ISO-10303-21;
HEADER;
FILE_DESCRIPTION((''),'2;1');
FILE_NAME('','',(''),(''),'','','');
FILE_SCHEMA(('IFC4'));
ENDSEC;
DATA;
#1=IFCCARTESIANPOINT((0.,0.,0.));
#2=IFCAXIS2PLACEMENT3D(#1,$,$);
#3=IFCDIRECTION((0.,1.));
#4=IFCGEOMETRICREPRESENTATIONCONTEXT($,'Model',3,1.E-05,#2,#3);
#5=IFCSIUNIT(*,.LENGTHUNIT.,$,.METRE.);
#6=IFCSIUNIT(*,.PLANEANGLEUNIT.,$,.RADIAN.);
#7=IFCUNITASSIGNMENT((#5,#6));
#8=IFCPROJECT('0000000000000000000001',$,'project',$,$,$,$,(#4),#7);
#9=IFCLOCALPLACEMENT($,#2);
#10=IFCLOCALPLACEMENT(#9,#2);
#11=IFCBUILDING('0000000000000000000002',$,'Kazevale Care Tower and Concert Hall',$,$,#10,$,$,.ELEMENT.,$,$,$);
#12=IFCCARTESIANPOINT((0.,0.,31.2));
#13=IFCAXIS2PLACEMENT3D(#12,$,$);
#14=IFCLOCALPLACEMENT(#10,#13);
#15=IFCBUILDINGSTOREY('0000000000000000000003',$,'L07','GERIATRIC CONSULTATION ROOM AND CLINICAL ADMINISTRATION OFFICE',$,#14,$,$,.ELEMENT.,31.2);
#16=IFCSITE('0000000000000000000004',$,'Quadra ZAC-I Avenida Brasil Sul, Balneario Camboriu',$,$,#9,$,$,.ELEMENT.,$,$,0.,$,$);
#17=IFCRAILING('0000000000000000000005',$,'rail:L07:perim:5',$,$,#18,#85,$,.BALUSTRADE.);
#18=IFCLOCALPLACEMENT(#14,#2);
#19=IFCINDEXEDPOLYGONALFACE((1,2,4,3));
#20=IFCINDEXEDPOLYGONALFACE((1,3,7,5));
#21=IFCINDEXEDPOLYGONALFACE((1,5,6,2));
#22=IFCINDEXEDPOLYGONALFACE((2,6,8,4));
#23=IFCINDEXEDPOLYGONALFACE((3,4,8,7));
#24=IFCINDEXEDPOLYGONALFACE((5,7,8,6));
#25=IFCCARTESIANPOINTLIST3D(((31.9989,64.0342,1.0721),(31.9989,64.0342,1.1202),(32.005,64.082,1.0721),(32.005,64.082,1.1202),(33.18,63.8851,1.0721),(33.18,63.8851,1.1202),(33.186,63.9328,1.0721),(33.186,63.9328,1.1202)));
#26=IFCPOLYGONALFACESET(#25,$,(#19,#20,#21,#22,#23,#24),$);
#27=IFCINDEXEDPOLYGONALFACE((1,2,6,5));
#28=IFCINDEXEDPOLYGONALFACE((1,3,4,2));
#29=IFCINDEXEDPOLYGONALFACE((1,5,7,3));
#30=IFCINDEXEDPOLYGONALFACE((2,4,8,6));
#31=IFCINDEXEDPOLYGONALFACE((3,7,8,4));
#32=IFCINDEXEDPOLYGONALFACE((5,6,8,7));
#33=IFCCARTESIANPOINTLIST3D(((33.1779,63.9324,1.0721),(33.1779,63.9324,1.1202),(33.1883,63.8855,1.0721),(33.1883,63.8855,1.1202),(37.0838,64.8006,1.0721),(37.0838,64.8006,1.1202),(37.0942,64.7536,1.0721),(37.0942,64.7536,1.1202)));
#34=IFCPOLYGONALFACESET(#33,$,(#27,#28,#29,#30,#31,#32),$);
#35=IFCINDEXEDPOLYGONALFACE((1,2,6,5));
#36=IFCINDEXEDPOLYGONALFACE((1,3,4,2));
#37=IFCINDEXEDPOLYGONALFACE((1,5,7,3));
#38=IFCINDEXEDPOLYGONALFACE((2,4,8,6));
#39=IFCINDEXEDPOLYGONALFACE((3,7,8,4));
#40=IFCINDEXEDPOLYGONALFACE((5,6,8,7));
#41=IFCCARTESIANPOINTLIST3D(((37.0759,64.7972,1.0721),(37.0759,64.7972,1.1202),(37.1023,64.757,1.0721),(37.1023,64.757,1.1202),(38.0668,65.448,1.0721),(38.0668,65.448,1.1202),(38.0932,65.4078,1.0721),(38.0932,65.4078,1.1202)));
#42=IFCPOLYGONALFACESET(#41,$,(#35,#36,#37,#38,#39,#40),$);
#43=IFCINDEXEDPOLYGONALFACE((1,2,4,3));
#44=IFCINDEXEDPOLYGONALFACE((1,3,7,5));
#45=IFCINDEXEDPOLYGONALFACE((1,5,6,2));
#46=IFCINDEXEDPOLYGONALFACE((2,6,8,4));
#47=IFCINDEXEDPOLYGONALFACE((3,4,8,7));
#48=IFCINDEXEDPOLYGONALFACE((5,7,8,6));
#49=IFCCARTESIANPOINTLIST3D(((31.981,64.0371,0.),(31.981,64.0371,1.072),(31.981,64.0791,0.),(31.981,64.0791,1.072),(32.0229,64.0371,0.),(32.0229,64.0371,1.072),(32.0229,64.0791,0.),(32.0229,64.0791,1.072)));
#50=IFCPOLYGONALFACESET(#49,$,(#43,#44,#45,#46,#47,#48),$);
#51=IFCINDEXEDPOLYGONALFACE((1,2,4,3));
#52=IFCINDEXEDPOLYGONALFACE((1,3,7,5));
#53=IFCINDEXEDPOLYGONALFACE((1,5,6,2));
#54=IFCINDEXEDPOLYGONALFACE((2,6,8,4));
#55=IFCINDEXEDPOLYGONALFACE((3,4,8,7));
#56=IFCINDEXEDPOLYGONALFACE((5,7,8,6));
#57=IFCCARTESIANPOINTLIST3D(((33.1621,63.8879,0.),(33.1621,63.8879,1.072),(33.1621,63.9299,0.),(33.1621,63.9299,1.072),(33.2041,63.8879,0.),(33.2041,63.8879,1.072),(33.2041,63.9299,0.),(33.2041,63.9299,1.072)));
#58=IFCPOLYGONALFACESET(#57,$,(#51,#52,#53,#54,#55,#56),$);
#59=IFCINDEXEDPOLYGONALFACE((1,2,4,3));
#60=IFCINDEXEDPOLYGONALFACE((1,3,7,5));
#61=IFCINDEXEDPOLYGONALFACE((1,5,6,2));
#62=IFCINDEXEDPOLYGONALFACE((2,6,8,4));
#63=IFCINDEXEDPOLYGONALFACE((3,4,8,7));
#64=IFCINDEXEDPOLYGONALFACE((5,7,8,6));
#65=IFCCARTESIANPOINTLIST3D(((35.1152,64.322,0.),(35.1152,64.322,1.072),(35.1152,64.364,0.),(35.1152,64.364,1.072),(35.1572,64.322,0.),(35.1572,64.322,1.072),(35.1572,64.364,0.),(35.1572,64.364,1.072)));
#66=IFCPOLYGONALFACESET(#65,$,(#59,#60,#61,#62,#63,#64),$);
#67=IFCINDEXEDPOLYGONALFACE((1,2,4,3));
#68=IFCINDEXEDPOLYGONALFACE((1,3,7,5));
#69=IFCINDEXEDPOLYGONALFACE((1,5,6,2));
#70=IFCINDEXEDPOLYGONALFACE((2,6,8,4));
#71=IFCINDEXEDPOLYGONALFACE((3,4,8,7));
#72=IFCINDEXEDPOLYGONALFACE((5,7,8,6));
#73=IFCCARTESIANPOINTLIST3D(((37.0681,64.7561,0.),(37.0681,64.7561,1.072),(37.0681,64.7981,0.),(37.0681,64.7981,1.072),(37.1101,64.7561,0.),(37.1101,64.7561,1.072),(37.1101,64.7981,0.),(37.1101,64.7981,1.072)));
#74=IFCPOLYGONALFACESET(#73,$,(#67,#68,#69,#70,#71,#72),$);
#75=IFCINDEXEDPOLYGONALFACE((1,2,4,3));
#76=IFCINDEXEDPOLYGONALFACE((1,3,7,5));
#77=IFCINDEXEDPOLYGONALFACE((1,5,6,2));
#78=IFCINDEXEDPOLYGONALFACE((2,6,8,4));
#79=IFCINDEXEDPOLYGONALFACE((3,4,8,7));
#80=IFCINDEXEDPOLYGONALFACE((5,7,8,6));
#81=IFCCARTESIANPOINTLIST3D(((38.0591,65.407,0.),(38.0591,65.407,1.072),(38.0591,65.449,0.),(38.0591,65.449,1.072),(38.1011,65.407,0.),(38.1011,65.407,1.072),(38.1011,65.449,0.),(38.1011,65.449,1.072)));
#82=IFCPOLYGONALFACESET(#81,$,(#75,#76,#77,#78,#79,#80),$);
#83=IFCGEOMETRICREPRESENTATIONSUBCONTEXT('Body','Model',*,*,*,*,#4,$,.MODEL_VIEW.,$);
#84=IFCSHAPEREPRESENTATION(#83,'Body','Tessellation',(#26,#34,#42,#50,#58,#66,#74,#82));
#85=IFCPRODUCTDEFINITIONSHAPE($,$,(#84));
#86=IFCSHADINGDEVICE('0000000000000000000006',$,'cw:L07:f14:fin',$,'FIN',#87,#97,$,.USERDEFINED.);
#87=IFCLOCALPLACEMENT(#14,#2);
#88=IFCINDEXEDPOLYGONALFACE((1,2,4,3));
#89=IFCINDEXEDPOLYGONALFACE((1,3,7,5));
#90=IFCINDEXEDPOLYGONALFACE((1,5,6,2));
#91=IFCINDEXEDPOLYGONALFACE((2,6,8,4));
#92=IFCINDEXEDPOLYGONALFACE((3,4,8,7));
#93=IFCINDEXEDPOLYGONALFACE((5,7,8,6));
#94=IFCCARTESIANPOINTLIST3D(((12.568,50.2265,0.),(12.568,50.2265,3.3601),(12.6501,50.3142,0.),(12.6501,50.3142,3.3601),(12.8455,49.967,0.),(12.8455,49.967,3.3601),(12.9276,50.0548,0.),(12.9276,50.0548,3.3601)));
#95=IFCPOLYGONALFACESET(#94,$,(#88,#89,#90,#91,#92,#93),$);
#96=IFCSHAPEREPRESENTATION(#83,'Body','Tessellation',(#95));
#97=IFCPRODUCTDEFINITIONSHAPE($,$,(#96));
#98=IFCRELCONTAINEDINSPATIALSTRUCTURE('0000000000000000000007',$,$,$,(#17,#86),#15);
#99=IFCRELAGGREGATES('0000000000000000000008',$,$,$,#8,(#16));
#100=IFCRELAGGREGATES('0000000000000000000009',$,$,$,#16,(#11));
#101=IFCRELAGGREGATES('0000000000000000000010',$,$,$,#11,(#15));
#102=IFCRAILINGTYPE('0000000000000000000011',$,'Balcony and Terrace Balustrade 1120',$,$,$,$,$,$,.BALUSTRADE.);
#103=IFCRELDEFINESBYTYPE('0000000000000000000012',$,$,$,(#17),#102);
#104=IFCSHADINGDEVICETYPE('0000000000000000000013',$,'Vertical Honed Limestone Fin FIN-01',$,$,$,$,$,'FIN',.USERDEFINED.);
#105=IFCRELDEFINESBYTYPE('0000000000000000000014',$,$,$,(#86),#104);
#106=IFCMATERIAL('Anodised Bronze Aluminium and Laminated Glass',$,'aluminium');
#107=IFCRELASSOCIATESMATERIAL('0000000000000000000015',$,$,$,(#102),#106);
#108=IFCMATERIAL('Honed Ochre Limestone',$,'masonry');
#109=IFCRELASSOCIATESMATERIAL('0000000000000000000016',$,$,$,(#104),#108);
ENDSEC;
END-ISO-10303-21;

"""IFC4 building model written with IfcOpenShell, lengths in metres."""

from ifc_helpers import new_model, si_unit, direction, frame, origin, origin_2d, place, context, subcontext, project, spatial, rectangle, extrude, material, type_object, element, save


model = new_model("IFC4")

# Units and contexts
model_context = context("Model", 3, precision=1e-05, world=origin(), true_north=direction((0.0, 1.0)))
body_context = subcontext(model_context, "Body", "Model", "MODEL_VIEW")
ifc_project = project(units=[si_unit("LENGTHUNIT", "METRE"), si_unit("PLANEANGLEUNIT", "RADIAN")], contexts=[model_context])

# Site, building, storey
site_placement = place(None, origin())
site = spatial("IfcSite", under=ifc_project, at=site_placement, Name="Quadra ZAC-I Avenida Brasil Sul, Balneario Camboriu", CompositionType="ELEMENT", RefElevation=0.0)
building_placement = place(site_placement, origin())
building = spatial("IfcBuilding", under=site, at=building_placement, Name="Kazevale Care Tower and Concert Hall", CompositionType="ELEMENT")
storey_placement = place(building_placement, frame((0.0, 0.0, 31.2)))
storey = spatial("IfcBuildingStorey", under=building, at=storey_placement, Name="L07", Description="GERIATRIC CONSULTATION ROOM AND CLINICAL ADMINISTRATION OFFICE", CompositionType="ELEMENT", Elevation=31.2)

# Railing
ifc_material_1 = material(Name="Anodised Bronze Aluminium and Laminated Glass", Category="aluminium")
railing_type = type_object("IfcRailingType", Name="Balcony and Terrace Balustrade 1120", PredefinedType="BALUSTRADE", material=ifc_material_1)
railing_1_placement = place(storey_placement, frame((32.002, 64.0581, 0.0)))
element("IfcRailing", 1, at=railing_1_placement, inside=storey, type_object=railing_type, Name="rail:L07:perim:5", PredefinedType="BALUSTRADE", context=body_context, shape_type="SweptSolid", body=[
    extrude(rectangle(XDim=0.0481, YDim=0.0481, at=origin_2d()), frame((0.0, 0.0, 1.0962), z_axis=(0.992119, -0.125297, 0.0), x_axis=(0.125297, 0.992119, 0.0)), (0.0, 0.0, 1.0), 1.1904),
    extrude(rectangle(XDim=0.0481, YDim=0.0481, at=origin_2d()), frame((1.1812, -0.1492, 1.0962), z_axis=(0.976178, 0.216969, 0.0), x_axis=(-0.216969, 0.976178, 0.0)), (0.0, 0.0, 1.0), 4.0012),
    extrude(rectangle(XDim=0.0481, YDim=0.0481, at=origin_2d()), frame((5.0872, 0.719, 1.0962), z_axis=(0.835832, 0.548985, 0.0), x_axis=(-0.548985, 0.835832, 0.0)), (0.0, 0.0, 1.0), 1.1855),
    extrude(rectangle(XDim=0.042, YDim=0.042, at=origin_2d()), origin(), (0.0, 0.0, 1.0), 1.072),
    extrude(rectangle(XDim=0.042, YDim=0.042, at=origin_2d()), frame((1.1812, -0.1492, 0.0)), (0.0, 0.0, 1.0), 1.072),
    extrude(rectangle(XDim=0.042, YDim=0.042, at=origin_2d()), frame((3.1343, 0.2849, 0.0)), (0.0, 0.0, 1.0), 1.072),
    extrude(rectangle(XDim=0.042, YDim=0.042, at=origin_2d()), frame((5.0872, 0.719, 0.0)), (0.0, 0.0, 1.0), 1.072),
    extrude(rectangle(XDim=0.042, YDim=0.042, at=origin_2d()), frame((6.0781, 1.3699, 0.0)), (0.0, 0.0, 1.0), 1.072),
])

# Shading device
ifc_material_2 = material(Name="Honed Ochre Limestone", Category="masonry")
shading_device_type = type_object("IfcShadingDeviceType", Name="Vertical Honed Limestone Fin FIN-01", ElementType="FIN", PredefinedType="USERDEFINED", material=ifc_material_2)
shading_device_placement = place(storey_placement, frame((12.7478, 50.1406, 0.0), z_axis=(0.0, 0.0, 1.0), x_axis=(-0.730401, 0.683019, 0.0)))
element("IfcShadingDevice", 2, at=shading_device_placement, inside=storey, type_object=shading_device_type, Name="cw:L07:f14:fin", ObjectType="FIN", PredefinedType="USERDEFINED", context=body_context, shape_type="SweptSolid", body=[
    extrude(rectangle(XDim=0.3799, YDim=0.1201, at=origin_2d()), origin(), (0.0, 0.0, 1.0), 3.3601),
])

save(model, "model.ifc")
